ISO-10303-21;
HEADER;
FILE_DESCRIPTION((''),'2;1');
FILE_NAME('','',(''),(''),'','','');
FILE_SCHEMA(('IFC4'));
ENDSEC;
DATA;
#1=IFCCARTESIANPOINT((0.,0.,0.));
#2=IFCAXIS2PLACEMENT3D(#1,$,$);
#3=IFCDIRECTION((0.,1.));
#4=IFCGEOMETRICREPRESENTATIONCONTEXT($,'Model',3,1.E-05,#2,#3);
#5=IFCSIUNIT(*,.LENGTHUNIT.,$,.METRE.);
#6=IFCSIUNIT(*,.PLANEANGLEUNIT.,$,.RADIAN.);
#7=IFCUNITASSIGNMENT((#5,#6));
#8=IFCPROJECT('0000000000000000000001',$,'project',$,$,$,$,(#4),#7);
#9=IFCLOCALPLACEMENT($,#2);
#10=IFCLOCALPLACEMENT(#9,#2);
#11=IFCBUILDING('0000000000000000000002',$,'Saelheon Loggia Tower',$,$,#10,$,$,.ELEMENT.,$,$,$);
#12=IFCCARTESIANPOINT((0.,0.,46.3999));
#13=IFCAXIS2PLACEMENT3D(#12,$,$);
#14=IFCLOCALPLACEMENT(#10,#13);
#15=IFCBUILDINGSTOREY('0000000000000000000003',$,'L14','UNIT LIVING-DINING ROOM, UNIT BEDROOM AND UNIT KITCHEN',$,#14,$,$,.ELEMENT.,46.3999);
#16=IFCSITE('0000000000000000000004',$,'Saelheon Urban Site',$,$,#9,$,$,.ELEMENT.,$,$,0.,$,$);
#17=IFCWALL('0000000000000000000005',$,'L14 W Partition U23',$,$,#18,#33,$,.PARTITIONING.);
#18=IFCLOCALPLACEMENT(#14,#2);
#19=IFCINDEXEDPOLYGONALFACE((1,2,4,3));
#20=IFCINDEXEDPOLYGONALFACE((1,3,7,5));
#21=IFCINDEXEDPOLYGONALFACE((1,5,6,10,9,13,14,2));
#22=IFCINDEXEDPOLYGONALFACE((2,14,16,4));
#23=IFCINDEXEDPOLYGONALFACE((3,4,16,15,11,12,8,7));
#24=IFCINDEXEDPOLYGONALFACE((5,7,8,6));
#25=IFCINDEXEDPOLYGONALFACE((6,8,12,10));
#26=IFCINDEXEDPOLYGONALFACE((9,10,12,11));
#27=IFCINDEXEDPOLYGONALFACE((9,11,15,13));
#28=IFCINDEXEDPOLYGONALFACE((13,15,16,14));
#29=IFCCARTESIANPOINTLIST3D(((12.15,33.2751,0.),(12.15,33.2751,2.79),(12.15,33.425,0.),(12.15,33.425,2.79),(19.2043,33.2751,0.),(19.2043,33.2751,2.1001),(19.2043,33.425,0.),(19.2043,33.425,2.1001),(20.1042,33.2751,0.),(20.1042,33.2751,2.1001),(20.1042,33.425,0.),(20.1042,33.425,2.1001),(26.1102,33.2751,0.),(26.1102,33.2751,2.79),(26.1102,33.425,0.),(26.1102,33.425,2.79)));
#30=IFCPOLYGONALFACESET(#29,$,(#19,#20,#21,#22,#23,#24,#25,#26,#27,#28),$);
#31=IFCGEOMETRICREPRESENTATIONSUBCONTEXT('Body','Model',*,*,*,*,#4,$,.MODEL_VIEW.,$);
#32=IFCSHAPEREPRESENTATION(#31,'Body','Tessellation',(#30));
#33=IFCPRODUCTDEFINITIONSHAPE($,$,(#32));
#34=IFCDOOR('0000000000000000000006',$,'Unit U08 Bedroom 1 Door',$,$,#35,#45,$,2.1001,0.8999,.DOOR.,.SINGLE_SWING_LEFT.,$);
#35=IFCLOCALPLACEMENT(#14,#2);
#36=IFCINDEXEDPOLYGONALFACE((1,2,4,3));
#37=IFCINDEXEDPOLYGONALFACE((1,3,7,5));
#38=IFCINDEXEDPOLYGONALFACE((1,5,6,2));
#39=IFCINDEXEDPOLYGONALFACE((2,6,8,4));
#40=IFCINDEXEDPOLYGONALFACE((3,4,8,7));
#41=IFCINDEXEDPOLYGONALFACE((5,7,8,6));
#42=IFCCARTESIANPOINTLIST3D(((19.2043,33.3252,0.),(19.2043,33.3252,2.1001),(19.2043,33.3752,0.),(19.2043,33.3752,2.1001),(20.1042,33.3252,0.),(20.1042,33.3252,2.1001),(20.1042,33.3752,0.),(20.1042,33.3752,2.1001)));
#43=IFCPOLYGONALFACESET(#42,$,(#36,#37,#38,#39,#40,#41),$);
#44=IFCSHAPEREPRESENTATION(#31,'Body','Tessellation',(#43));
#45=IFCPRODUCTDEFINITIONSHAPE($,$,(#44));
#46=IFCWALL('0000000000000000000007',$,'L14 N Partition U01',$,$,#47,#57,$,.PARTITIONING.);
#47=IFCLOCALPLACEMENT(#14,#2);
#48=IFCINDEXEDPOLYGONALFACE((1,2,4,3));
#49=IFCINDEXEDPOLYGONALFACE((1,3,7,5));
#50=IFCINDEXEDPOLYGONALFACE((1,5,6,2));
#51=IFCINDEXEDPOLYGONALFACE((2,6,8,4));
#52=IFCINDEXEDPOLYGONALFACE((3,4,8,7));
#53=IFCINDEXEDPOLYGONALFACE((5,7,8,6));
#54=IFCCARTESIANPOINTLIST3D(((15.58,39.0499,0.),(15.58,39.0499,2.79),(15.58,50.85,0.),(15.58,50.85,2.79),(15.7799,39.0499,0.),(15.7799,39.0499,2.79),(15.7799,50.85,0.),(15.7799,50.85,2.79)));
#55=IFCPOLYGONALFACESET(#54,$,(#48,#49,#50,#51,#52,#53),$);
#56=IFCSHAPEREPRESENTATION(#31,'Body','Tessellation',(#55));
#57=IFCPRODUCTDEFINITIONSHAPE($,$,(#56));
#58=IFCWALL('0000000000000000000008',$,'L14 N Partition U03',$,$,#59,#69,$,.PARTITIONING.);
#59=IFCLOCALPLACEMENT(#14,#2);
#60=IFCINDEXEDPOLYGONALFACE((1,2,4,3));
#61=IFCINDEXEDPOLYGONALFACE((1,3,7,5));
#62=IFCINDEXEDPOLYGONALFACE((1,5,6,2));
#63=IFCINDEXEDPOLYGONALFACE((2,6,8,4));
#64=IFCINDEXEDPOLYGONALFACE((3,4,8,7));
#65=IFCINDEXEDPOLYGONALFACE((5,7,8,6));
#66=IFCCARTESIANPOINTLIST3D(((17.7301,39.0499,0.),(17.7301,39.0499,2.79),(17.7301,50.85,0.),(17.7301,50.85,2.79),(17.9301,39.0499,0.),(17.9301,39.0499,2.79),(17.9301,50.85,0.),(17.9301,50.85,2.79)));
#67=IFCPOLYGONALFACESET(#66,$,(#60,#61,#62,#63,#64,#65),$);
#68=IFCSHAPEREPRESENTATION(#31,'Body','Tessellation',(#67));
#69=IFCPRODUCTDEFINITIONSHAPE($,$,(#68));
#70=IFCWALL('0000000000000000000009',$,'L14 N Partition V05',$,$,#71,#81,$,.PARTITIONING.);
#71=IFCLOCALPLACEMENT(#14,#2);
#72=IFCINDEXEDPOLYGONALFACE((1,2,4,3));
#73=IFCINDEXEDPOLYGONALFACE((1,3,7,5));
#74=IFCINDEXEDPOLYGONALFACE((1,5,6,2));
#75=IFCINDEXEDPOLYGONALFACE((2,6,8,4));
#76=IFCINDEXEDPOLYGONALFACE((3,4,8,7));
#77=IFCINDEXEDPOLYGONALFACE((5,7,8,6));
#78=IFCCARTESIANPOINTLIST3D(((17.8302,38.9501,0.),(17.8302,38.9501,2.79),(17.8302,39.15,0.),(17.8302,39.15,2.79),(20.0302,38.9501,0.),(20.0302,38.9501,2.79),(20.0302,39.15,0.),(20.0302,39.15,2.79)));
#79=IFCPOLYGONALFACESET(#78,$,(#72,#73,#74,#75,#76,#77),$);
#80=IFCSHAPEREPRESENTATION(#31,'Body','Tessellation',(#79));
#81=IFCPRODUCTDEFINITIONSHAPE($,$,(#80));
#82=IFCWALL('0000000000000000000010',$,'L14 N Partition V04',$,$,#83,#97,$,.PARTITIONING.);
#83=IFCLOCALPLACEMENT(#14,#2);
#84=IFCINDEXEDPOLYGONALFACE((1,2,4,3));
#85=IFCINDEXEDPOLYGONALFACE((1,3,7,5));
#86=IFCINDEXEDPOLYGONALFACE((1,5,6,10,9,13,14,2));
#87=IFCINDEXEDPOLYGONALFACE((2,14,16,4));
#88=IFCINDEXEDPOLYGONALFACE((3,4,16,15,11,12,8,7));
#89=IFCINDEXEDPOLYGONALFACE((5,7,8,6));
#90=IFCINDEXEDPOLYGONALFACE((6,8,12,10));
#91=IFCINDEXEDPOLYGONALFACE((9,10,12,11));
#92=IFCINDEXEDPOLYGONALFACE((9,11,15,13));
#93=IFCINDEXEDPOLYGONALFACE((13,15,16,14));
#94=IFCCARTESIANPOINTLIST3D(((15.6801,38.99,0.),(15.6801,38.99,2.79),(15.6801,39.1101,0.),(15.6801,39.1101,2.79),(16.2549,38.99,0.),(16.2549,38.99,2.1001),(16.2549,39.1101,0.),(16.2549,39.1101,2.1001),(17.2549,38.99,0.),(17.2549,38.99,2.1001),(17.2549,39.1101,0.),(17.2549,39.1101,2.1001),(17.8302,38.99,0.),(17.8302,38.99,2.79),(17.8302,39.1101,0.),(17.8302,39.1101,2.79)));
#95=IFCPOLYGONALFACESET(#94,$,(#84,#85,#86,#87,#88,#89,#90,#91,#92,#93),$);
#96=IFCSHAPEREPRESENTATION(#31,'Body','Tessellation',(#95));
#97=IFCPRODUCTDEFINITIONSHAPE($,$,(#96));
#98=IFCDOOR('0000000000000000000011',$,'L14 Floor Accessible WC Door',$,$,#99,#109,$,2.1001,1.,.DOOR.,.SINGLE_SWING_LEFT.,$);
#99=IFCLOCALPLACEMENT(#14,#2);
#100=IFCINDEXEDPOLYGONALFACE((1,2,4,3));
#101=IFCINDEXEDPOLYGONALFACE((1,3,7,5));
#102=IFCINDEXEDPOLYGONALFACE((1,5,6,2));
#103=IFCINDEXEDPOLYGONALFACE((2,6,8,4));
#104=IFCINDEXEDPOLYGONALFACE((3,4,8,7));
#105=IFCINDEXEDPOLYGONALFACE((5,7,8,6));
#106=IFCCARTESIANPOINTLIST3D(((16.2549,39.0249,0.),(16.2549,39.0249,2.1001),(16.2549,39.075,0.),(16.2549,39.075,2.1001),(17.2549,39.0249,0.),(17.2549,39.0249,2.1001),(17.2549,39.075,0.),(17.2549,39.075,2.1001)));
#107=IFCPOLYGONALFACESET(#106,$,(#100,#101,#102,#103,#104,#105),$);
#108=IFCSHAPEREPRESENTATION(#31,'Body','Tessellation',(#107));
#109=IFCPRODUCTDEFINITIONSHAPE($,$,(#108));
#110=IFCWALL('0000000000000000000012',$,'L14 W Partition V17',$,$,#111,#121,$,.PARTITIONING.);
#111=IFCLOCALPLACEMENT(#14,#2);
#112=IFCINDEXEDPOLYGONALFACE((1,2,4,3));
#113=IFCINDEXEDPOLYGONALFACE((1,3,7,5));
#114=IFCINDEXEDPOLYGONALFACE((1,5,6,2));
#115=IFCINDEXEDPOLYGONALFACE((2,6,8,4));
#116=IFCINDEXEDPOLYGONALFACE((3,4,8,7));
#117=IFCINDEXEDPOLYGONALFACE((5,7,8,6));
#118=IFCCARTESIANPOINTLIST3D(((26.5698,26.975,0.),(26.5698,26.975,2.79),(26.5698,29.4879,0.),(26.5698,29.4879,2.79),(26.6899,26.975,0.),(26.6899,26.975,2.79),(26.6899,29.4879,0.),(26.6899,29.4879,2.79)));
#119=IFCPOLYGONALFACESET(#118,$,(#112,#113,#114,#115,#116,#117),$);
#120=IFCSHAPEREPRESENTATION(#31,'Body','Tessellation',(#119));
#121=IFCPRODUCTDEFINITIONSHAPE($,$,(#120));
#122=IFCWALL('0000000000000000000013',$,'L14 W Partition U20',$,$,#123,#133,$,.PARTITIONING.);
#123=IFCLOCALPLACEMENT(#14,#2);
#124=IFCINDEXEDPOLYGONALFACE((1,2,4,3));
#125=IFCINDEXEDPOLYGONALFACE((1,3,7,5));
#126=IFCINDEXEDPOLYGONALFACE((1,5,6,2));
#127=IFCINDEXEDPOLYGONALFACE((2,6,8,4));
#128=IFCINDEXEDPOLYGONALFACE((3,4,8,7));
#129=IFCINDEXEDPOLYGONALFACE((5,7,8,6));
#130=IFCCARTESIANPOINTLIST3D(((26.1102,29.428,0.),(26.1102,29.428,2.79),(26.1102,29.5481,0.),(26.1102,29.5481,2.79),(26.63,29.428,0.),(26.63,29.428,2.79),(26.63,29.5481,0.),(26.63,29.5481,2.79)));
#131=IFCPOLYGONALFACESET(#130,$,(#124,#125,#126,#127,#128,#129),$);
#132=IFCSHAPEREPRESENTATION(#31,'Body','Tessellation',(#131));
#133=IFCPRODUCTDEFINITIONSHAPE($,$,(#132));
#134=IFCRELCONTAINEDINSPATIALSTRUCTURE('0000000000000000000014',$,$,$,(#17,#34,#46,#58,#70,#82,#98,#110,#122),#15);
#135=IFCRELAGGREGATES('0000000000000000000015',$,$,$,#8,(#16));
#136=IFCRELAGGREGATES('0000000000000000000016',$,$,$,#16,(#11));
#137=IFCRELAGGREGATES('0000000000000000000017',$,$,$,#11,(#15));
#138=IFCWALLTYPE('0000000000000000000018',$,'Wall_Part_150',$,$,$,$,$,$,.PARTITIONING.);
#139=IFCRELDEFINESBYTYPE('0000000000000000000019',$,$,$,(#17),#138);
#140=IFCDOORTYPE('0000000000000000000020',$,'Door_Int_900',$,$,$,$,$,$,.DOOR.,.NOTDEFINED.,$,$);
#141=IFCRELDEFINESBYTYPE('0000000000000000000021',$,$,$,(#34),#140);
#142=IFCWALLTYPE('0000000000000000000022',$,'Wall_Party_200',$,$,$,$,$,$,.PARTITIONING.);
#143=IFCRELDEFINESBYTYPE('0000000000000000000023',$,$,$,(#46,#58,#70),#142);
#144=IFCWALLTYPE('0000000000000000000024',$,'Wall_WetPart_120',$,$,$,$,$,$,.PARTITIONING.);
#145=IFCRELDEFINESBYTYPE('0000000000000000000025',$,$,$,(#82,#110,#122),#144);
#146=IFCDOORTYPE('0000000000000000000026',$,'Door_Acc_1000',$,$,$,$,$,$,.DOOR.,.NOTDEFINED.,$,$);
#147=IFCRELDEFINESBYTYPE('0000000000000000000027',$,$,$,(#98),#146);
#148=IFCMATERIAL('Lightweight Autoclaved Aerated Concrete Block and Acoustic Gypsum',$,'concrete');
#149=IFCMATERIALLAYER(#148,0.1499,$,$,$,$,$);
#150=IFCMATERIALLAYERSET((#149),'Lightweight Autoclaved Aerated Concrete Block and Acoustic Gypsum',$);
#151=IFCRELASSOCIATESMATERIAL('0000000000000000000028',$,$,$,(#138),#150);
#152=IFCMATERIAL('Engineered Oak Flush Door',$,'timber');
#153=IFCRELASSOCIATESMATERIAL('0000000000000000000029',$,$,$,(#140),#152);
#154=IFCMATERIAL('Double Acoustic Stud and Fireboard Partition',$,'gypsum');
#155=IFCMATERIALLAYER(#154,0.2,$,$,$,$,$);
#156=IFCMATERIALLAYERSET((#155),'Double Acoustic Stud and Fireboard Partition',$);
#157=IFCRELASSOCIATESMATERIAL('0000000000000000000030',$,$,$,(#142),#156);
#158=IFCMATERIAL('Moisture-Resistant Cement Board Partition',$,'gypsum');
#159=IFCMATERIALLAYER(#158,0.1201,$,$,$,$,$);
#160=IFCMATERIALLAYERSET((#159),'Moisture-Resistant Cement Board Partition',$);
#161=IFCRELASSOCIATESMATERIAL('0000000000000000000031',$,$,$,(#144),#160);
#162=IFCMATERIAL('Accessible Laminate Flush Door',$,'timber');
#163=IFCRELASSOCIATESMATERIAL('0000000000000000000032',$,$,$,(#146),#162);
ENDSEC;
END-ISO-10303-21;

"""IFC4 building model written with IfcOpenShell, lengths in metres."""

from ifc_helpers import new_model, si_unit, direction, frame, frame_2d, origin, place, context, subcontext, project, spatial, rectangle, extrude, source, transform, mapped, material, layer, layer_set, type_object, element, fill, save


model = new_model("IFC4")

# Units and contexts
model_context = context("Model", 3, precision=1e-05, world=origin(), true_north=direction((0.0, 1.0)))
body_context = subcontext(model_context, "Body", "Model", "MODEL_VIEW")
ifc_project = project(units=[si_unit("LENGTHUNIT", "METRE"), si_unit("PLANEANGLEUNIT", "RADIAN")], contexts=[model_context])

# Site, building, storey
site_placement = place(None, origin())
site = spatial("IfcSite", under=ifc_project, at=site_placement, Name="Saelheon Urban Site", CompositionType="ELEMENT", RefElevation=0.0)
building_placement = place(site_placement, origin())
building = spatial("IfcBuilding", under=site, at=building_placement, Name="Saelheon Loggia Tower", CompositionType="ELEMENT")
storey_placement = place(building_placement, frame((0.0, 0.0, 46.3999)))
storey = spatial("IfcBuildingStorey", under=building, at=storey_placement, Name="L14", Description="UNIT LIVING-DINING ROOM, UNIT BEDROOM AND UNIT KITCHEN", CompositionType="ELEMENT", Elevation=46.3999)

# Shared definitions
ifc_material_1 = material(Name="Lightweight Autoclaved Aerated Concrete Block and Acoustic Gypsum", Category="concrete")
ifc_layer_1 = layer(ifc_material_1, 0.1499)
ifc_layer_set_1 = layer_set([ifc_layer_1], Name="Lightweight Autoclaved Aerated Concrete Block and Acoustic Gypsum")
wall_type_1 = type_object("IfcWallType", Name="Wall_Part_150", PredefinedType="PARTITIONING", material=ifc_layer_set_1)

# Shared definitions
ifc_material_2 = material(Name="Engineered Oak Flush Door", Category="timber")
door_type_1 = type_object("IfcDoorType", Name="Door_Int_900", OperationType="NOTDEFINED", PredefinedType="DOOR", material=ifc_material_2)
shared_shape_1 = source(origin(), body_context, "Body", "SweptSolid", [
    extrude(rectangle(XDim=0.8999, YDim=2.1001, at=frame_2d((0.45, 1.05))), frame((0.0, 0.0249, 0.0), z_axis=(0.0, -1.0, 0.0), x_axis=(1.0, 0.0, 0.0)), (0.0, 0.0, 1.0), 0.05),
])

# Wall, opening, door
wall_1_placement = place(storey_placement, frame((26.1101, 33.3501, 0.0), z_axis=(0.0, 0.0, 1.0), x_axis=(-1.0, 0.0, 0.0)))
wall_1 = element("IfcWall", 1, at=wall_1_placement, inside=storey, type_object=wall_type_1, Name="L14 W Partition U23", PredefinedType="PARTITIONING", context=body_context, shape_type="SweptSolid", body=[
    extrude(rectangle(XDim=13.9602, YDim=0.1499, at=frame_2d((6.98, 0.0))), origin(), (0.0, 0.0, 1.0), 2.79),
])
opening_1_placement = place(wall_1_placement, frame((6.0059, 0.0, 0.0)))
opening_1 = element("IfcOpeningElement", 2, at=opening_1_placement, cuts=wall_1, PredefinedType="OPENING", context=body_context, shape_type="SweptSolid", body=[
    extrude(rectangle(XDim=0.8999, YDim=2.1001, at=frame_2d((0.45, 1.05))), frame((0.0, 0.0869, 0.0), z_axis=(0.0, -1.0, 0.0), x_axis=(1.0, 0.0, 0.0)), (0.0, 0.0, 1.0), 0.1738),
])
door_1_placement = place(opening_1_placement, origin())
door_1 = element("IfcDoor", 3, at=door_1_placement, inside=storey, type_object=door_type_1, Name="Unit U08 Bedroom 1 Door", OperationType="SINGLE_SWING_LEFT", OverallHeight=2.1001, OverallWidth=0.8999, PredefinedType="DOOR", context=body_context, shape_type="MappedRepresentation", body=[
    mapped(shared_shape_1, transform((0.0, 0.0, 0.0), scale=1.0)),
])
fill(opening_1, door_1)

# Walls
ifc_material_3 = material(Name="Double Acoustic Stud and Fireboard Partition", Category="gypsum")
ifc_layer_2 = layer(ifc_material_3, 0.2)
ifc_layer_set_2 = layer_set([ifc_layer_2], Name="Double Acoustic Stud and Fireboard Partition")
wall_type_2 = type_object("IfcWallType", Name="Wall_Party_200", PredefinedType="PARTITIONING", material=ifc_layer_set_2)
for number, where, z_axis, x_axis, name in (
    (4, (15.6799, 39.05, 0.0), (0.0, 0.0, 1.0), (0.0, 1.0, 0.0), "L14 N Partition U01"),
    (5, (17.8301, 39.05, 0.0), (0.0, 0.0, 1.0), (0.0, 1.0, 0.0), "L14 N Partition U03"),
):
    element("IfcWall", number, at=place(storey_placement, frame(where, z_axis=z_axis, x_axis=x_axis)), inside=storey, type_object=wall_type_2, Name=name, PredefinedType="PARTITIONING", context=body_context, shape_type="SweptSolid", body=[
        extrude(rectangle(XDim=11.8, YDim=0.2, at=frame_2d((5.8999, 0.0))), origin(), (0.0, 0.0, 1.0), 2.79),
    ])
wall_2_placement = place(storey_placement, frame((17.8301, 39.05, 0.0), z_axis=(0.0, 0.0, 1.0), x_axis=(1.0, 0.0, 0.0)))
element("IfcWall", 6, at=wall_2_placement, inside=storey, type_object=wall_type_2, Name="L14 N Partition V05", PredefinedType="PARTITIONING", context=body_context, shape_type="SweptSolid", body=[
    extrude(rectangle(XDim=2.2, YDim=0.2, at=frame_2d((1.1001, 0.0))), origin(), (0.0, 0.0, 1.0), 2.79),
])

# Wall, opening, door
ifc_material_4 = material(Name="Moisture-Resistant Cement Board Partition", Category="gypsum")
ifc_layer_3 = layer(ifc_material_4, 0.1201)
ifc_layer_set_3 = layer_set([ifc_layer_3], Name="Moisture-Resistant Cement Board Partition")
wall_type_3 = type_object("IfcWallType", Name="Wall_WetPart_120", PredefinedType="PARTITIONING", material=ifc_layer_set_3)
wall_3_placement = place(storey_placement, frame((15.6799, 39.05, 0.0), z_axis=(0.0, 0.0, 1.0), x_axis=(1.0, 0.0, 0.0)))
wall_3 = element("IfcWall", 7, at=wall_3_placement, inside=storey, type_object=wall_type_3, Name="L14 N Partition V04", PredefinedType="PARTITIONING", context=body_context, shape_type="SweptSolid", body=[
    extrude(rectangle(XDim=2.1501, YDim=0.1201, at=frame_2d((1.0752, 0.0))), origin(), (0.0, 0.0, 1.0), 2.79),
])
opening_2_placement = place(wall_3_placement, frame((0.575, 0.0, 0.0)))
opening_2 = element("IfcOpeningElement", 8, at=opening_2_placement, cuts=wall_3, PredefinedType="OPENING", context=body_context, shape_type="SweptSolid", body=[
    extrude(rectangle(XDim=1.0, YDim=2.1001, at=frame_2d((0.5, 1.05))), frame((0.0, 0.072, 0.0), z_axis=(0.0, -1.0, 0.0), x_axis=(1.0, 0.0, 0.0)), (0.0, 0.0, 1.0), 0.144),
])
ifc_material_5 = material(Name="Accessible Laminate Flush Door", Category="timber")
door_type_2 = type_object("IfcDoorType", Name="Door_Acc_1000", OperationType="NOTDEFINED", PredefinedType="DOOR", material=ifc_material_5)
shared_shape_2 = source(origin(), body_context, "Body", "SweptSolid", [
    extrude(rectangle(XDim=1.0, YDim=2.1001, at=frame_2d((0.5, 1.05))), frame((0.0, 0.0249, 0.0), z_axis=(0.0, -1.0, 0.0), x_axis=(1.0, 0.0, 0.0)), (0.0, 0.0, 1.0), 0.05),
])
door_2_placement = place(opening_2_placement, origin())
door_2 = element("IfcDoor", 9, at=door_2_placement, inside=storey, type_object=door_type_2, Name="L14 Floor Accessible WC Door", OperationType="SINGLE_SWING_LEFT", OverallHeight=2.1001, OverallWidth=1.0, PredefinedType="DOOR", context=body_context, shape_type="MappedRepresentation", body=[
    mapped(shared_shape_2, transform((0.0, 0.0, 0.0), scale=1.0)),
])
fill(opening_2, door_2)

# Walls
wall_4_placement = place(storey_placement, frame((26.6299, 26.9751, 0.0), z_axis=(0.0, 0.0, 1.0), x_axis=(0.0, 1.0, 0.0)))
element("IfcWall", 10, at=wall_4_placement, inside=storey, type_object=wall_type_3, Name="L14 W Partition V17", PredefinedType="PARTITIONING", context=body_context, shape_type="SweptSolid", body=[
    extrude(rectangle(XDim=2.5129, YDim=0.1201, at=frame_2d((1.2563, 0.0))), origin(), (0.0, 0.0, 1.0), 2.79),
])
wall_5_placement = place(storey_placement, frame((26.6299, 29.488, 0.0), z_axis=(0.0, 0.0, 1.0), x_axis=(-1.0, 0.0, 0.0)))
element("IfcWall", 11, at=wall_5_placement, inside=storey, type_object=wall_type_3, Name="L14 W Partition U20", PredefinedType="PARTITIONING", context=body_context, shape_type="SweptSolid", body=[
    extrude(rectangle(XDim=0.5198, YDim=0.1201, at=frame_2d((0.2598, 0.0))), origin(), (0.0, 0.0, 1.0), 2.79),
])

save(model, "model.ifc")
